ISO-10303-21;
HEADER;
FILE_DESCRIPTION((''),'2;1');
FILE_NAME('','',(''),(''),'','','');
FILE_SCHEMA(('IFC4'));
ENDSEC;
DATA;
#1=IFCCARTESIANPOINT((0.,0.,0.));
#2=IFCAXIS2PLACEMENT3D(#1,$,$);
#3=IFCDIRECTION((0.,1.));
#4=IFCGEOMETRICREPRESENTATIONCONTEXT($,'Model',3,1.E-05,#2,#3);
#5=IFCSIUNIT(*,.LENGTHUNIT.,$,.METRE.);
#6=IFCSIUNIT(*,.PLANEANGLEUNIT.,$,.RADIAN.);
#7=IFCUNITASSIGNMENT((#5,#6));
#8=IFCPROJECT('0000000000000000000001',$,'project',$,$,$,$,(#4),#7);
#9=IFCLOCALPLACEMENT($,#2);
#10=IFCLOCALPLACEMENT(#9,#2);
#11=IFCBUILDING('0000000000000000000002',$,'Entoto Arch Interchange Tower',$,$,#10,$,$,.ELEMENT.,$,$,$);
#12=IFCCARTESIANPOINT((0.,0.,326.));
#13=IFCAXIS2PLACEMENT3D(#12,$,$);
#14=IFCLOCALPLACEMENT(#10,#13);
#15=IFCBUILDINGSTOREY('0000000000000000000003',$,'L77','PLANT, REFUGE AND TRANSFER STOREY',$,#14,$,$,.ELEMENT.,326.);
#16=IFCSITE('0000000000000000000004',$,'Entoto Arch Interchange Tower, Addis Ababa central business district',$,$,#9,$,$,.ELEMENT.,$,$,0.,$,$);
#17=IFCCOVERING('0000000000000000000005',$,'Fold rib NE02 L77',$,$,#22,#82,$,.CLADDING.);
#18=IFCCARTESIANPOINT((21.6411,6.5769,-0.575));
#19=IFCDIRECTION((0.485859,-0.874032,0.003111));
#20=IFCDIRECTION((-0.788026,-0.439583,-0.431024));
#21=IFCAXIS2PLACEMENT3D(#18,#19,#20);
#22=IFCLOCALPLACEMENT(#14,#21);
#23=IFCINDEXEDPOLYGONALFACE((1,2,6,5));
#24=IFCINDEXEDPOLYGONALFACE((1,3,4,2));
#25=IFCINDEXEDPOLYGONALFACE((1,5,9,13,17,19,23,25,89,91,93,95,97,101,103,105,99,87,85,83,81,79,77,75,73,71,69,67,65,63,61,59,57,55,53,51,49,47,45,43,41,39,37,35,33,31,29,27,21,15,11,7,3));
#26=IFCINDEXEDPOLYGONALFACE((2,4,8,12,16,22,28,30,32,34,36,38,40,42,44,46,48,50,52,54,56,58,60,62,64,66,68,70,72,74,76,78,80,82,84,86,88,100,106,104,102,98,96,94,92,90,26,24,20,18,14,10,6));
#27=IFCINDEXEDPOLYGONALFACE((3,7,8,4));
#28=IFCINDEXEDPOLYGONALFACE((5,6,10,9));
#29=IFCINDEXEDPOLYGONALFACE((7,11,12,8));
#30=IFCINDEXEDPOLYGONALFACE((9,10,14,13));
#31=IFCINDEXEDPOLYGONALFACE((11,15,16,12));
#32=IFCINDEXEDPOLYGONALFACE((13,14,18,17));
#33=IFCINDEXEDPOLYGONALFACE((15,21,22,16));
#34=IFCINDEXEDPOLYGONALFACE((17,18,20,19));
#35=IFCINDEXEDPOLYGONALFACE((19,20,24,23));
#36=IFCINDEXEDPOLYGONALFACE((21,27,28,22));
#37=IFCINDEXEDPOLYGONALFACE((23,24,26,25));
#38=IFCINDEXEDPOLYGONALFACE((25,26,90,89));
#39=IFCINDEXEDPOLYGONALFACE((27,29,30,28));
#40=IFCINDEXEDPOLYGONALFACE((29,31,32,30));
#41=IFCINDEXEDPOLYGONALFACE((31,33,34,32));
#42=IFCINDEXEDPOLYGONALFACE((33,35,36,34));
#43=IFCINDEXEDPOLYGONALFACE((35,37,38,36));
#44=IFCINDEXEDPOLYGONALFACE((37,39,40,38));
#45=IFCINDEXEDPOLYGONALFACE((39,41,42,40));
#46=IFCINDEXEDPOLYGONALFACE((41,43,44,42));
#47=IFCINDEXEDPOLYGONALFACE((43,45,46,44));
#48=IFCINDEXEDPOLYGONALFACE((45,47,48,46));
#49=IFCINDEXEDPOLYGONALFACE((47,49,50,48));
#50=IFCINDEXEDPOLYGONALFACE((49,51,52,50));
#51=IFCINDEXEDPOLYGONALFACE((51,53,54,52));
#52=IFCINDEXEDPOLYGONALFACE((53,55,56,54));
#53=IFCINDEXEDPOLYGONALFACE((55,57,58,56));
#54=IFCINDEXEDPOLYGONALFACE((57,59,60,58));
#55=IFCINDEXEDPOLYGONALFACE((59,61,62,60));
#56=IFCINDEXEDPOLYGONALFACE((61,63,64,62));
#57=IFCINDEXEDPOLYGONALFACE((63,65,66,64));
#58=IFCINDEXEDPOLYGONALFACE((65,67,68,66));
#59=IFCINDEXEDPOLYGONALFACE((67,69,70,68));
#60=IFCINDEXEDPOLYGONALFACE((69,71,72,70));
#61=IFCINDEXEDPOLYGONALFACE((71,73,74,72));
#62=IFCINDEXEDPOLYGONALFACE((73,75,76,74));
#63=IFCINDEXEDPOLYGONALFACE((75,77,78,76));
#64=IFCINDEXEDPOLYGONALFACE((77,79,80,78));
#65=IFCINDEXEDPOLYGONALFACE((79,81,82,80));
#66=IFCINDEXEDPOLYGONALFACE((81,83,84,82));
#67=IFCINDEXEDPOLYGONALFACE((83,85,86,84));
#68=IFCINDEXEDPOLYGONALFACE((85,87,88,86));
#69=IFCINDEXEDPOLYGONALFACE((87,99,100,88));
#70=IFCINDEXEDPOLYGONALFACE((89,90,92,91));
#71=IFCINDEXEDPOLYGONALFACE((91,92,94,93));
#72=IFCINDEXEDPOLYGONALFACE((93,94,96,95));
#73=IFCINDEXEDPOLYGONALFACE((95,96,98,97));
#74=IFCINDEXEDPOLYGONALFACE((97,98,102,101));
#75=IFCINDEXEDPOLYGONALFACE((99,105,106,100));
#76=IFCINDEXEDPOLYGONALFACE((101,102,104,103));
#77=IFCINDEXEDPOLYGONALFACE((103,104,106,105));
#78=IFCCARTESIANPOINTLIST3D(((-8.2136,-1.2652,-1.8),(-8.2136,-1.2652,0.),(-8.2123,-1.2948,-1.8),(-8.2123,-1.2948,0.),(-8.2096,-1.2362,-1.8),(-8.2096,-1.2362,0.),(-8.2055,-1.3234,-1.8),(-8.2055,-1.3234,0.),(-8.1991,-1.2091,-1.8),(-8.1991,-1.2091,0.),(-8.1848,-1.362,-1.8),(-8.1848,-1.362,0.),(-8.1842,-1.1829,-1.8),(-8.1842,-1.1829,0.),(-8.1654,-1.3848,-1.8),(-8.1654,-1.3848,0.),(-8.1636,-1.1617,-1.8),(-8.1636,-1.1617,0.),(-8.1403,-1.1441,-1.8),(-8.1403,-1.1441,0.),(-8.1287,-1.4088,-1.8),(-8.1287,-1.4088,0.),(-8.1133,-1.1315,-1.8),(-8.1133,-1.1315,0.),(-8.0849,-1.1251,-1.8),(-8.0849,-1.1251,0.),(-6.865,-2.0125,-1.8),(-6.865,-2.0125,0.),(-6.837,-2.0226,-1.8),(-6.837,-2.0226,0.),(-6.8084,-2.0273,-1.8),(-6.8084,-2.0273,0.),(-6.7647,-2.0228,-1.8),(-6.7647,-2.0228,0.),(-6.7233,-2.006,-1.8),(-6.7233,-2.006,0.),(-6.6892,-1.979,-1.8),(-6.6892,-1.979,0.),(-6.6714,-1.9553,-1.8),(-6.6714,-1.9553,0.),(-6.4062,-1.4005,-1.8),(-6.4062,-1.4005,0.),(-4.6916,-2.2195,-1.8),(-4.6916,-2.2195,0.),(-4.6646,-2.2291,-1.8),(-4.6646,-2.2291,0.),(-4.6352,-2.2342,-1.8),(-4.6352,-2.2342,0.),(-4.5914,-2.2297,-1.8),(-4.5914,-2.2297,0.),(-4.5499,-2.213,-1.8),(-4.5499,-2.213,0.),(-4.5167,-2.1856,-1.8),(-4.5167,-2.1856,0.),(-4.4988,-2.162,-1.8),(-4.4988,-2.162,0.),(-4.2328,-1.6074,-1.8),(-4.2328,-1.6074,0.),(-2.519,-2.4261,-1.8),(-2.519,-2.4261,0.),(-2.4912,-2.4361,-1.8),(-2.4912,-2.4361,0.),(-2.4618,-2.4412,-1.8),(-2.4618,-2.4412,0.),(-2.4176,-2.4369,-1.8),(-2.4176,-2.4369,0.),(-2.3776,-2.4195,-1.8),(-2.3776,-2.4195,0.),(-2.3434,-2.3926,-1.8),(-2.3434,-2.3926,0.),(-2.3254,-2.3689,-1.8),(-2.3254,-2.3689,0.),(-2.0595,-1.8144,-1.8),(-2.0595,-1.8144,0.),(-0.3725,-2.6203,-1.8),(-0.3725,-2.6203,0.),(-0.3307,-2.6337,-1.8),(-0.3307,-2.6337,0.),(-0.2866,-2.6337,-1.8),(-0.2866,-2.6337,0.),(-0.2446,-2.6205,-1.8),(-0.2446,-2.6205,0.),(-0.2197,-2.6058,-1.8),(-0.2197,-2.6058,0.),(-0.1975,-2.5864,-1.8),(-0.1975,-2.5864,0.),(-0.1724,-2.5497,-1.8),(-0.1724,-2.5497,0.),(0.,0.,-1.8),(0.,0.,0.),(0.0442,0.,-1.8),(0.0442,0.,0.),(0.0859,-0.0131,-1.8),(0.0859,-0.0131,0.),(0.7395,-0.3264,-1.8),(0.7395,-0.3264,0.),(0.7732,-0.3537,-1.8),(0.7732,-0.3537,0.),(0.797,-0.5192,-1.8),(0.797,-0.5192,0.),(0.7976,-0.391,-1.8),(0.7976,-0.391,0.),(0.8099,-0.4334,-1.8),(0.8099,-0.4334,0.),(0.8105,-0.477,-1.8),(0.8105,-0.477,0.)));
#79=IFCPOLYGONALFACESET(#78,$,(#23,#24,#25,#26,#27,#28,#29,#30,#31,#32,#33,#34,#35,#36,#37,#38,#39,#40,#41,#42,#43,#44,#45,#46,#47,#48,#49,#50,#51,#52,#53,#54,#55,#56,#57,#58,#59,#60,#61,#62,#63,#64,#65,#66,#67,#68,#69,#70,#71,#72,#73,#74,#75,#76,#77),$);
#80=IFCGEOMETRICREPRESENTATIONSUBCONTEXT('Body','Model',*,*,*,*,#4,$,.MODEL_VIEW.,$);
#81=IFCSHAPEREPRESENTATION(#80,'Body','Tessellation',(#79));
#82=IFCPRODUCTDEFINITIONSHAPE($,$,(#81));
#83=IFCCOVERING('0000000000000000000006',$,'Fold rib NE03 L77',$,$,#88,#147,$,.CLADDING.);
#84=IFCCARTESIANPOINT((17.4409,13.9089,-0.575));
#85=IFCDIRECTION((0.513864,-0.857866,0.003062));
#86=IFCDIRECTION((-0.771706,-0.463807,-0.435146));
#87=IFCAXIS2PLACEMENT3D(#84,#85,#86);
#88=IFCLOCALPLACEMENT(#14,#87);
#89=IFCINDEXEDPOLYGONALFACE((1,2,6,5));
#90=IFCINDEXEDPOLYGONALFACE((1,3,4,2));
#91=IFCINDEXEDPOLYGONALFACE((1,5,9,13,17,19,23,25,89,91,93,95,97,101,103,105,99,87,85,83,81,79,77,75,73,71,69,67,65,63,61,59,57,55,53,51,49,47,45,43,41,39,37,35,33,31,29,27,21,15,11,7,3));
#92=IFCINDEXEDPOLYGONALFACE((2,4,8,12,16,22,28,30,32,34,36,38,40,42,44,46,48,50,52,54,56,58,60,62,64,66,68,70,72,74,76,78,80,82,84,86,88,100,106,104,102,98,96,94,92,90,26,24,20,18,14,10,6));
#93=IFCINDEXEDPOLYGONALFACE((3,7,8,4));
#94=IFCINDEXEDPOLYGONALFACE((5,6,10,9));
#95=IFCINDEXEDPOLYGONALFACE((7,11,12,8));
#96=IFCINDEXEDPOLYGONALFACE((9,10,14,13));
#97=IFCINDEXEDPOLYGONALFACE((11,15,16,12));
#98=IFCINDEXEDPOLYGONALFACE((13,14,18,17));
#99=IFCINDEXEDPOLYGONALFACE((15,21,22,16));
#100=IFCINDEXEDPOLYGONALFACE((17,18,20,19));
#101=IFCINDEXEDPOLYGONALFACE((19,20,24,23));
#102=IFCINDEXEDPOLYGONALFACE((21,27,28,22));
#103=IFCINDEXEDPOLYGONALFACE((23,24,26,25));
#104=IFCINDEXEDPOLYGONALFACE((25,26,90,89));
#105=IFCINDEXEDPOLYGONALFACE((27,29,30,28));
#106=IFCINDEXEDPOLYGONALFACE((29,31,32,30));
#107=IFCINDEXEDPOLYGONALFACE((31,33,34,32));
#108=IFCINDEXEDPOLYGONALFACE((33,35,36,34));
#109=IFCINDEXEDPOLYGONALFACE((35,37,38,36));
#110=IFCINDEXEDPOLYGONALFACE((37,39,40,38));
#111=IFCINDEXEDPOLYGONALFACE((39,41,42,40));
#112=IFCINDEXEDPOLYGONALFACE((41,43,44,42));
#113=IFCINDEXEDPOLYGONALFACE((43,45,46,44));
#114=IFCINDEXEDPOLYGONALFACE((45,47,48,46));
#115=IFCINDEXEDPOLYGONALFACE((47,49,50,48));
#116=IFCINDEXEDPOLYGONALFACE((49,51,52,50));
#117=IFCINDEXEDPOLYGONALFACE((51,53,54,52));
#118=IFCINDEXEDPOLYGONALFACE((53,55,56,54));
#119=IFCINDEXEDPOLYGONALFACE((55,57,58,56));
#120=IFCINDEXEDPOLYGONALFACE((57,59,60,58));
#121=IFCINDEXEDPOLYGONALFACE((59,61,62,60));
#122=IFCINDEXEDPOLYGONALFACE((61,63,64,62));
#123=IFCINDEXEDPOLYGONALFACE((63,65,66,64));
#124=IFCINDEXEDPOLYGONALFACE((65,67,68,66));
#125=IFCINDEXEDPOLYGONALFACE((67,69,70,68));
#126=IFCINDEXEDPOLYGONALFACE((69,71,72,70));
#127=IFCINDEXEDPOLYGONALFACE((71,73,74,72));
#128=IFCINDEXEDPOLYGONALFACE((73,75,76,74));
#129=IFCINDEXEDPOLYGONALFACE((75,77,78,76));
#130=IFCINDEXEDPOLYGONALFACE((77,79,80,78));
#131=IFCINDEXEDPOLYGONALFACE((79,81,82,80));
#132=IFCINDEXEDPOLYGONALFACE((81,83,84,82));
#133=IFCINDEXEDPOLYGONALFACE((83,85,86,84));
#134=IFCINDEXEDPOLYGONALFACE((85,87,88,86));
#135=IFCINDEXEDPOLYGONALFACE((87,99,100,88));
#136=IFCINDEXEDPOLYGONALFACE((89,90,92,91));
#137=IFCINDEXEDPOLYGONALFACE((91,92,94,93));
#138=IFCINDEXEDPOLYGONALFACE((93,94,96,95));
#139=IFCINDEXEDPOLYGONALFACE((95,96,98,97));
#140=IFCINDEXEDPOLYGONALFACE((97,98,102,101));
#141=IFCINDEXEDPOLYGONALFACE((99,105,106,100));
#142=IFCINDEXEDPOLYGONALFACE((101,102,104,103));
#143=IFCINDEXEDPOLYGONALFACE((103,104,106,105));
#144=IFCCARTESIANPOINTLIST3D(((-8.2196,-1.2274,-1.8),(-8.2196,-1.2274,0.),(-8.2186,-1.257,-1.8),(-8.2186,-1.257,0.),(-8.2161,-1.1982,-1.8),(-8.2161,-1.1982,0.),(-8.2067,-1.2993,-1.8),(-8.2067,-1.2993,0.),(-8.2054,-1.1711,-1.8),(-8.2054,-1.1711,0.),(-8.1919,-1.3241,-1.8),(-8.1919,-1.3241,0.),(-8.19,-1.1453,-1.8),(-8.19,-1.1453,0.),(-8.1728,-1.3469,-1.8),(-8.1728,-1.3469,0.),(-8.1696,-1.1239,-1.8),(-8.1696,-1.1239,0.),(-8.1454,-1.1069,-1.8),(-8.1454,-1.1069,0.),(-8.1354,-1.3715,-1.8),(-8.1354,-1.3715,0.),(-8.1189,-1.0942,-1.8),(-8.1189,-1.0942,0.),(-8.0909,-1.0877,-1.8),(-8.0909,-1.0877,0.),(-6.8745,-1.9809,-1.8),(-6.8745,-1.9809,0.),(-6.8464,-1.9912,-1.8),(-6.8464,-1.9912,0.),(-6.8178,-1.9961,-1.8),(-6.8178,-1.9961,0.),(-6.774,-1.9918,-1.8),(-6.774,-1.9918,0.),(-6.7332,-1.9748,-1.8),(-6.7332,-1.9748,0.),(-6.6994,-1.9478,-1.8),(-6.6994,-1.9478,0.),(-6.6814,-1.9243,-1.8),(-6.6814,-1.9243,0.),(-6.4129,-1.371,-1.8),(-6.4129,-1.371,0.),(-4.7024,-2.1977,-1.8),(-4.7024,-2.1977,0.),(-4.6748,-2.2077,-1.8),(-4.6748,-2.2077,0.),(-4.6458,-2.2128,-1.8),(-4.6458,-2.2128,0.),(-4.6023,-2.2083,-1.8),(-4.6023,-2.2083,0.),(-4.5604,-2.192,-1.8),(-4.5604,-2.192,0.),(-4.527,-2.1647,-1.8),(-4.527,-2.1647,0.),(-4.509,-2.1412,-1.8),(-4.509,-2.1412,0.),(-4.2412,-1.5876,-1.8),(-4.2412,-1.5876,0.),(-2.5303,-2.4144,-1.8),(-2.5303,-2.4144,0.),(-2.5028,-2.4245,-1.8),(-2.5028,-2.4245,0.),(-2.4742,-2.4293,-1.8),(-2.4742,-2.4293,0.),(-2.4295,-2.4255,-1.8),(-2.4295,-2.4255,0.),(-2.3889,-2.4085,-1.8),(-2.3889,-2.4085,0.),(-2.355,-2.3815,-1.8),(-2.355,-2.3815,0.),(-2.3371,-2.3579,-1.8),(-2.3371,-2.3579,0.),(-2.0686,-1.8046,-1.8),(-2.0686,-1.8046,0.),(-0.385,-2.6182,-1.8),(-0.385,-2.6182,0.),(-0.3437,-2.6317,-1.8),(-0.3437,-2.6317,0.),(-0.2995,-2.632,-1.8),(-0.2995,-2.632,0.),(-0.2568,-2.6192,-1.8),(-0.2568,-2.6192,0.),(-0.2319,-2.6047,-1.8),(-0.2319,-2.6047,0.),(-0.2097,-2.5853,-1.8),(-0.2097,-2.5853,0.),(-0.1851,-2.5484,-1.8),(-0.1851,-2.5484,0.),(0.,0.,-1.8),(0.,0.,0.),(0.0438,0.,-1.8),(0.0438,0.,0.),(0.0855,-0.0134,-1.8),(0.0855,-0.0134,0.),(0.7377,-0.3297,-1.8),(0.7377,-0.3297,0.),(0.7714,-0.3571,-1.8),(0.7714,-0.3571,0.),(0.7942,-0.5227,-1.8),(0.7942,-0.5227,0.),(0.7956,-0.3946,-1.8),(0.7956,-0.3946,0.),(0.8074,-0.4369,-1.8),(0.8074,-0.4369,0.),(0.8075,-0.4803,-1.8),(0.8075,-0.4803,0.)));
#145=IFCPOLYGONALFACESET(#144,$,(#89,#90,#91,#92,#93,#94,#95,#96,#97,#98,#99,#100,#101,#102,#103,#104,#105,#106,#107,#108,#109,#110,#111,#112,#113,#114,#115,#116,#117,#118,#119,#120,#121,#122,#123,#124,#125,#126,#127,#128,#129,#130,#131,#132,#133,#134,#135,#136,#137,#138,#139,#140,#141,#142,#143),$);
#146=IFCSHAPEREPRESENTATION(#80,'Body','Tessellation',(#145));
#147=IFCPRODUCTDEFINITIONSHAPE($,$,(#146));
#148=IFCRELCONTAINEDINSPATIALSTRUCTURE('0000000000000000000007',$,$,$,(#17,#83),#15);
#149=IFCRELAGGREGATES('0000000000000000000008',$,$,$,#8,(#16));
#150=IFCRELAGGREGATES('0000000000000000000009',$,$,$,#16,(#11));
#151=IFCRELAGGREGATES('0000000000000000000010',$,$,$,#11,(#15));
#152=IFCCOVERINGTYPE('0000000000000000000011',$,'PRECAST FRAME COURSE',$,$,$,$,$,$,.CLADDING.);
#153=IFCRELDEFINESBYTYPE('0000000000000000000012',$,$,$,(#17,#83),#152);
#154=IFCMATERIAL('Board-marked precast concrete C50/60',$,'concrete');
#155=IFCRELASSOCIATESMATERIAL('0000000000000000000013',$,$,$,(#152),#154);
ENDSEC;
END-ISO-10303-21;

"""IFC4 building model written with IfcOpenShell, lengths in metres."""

from ifc_helpers import new_model, si_unit, direction, frame, origin, place, context, subcontext, project, spatial, polyline, outline, extrude, material, type_object, element, save


model = new_model("IFC4")

# Units and contexts
model_context = context("Model", 3, precision=1e-05, world=origin(), true_north=direction((0.0, 1.0)))
body_context = subcontext(model_context, "Body", "Model", "MODEL_VIEW")
ifc_project = project(units=[si_unit("LENGTHUNIT", "METRE"), si_unit("PLANEANGLEUNIT", "RADIAN")], contexts=[model_context])

# Site, building, storey
site_placement = place(None, origin())
site = spatial("IfcSite", under=ifc_project, at=site_placement, Name="Entoto Arch Interchange Tower, Addis Ababa central business district", CompositionType="ELEMENT", RefElevation=0.0)
building_placement = place(site_placement, origin())
building = spatial("IfcBuilding", under=site, at=building_placement, Name="Entoto Arch Interchange Tower", CompositionType="ELEMENT")
storey_placement = place(building_placement, frame((0.0, 0.0, 326.0)))
storey = spatial("IfcBuildingStorey", under=building, at=storey_placement, Name="L77", Description="PLANT, REFUGE AND TRANSFER STOREY", CompositionType="ELEMENT", Elevation=326.0)

# Shared definitions
ifc_material_1 = material(Name="Board-marked precast concrete C50/60", Category="concrete")

# Coverings
covering_type = type_object("IfcCoveringType", Name="PRECAST FRAME COURSE", PredefinedType="CLADDING", material=ifc_material_1)
covering_1_placement = place(storey_placement, frame((21.6411, 6.5769, -0.575), z_axis=(0.485859, -0.874032, 0.003111), x_axis=(-0.788026, -0.439583, -0.431024)))
element("IfcCovering", 1, at=covering_1_placement, inside=storey, type_object=covering_type, Name="Fold rib NE02 L77", PredefinedType="CLADDING", context=body_context, shape_type="SweptSolid", body=[
    extrude(outline(polyline([(0.0, 0.0), (0.0442, 0.0), (0.0859, -0.0131), (0.7395, -0.3264), (0.7732, -0.3537), (0.7976, -0.391), (0.8099, -0.4334), (0.8105, -0.477), (0.797, -0.5192), (-0.1724, -2.5497), (-0.1975, -2.5864), (-0.2197, -2.6058), (-0.2446, -2.6205), (-0.2866, -2.6337), (-0.3307, -2.6337), (-0.3725, -2.6203), (-2.0595, -1.8144), (-2.3254, -2.3689), (-2.3434, -2.3926), (-2.3776, -2.4195), (-2.4176, -2.4369), (-2.4618, -2.4412), (-2.4912, -2.4361), (-2.519, -2.4261), (-4.2328, -1.6074), (-4.4988, -2.162), (-4.5167, -2.1856), (-4.5499, -2.213), (-4.5914, -2.2297), (-4.6352, -2.2342), (-4.6646, -2.2291), (-4.6916, -2.2195), (-6.4062, -1.4005), (-6.6714, -1.9553), (-6.6892, -1.979), (-6.7233, -2.006), (-6.7647, -2.0228), (-6.8084, -2.0273), (-6.837, -2.0226), (-6.865, -2.0125), (-8.1287, -1.4088), (-8.1654, -1.3848), (-8.1848, -1.362), (-8.2055, -1.3234), (-8.2123, -1.2948), (-8.2136, -1.2652), (-8.2096, -1.2362), (-8.1991, -1.2091), (-8.1842, -1.1829), (-8.1636, -1.1617), (-8.1403, -1.1441), (-8.1133, -1.1315), (-8.0849, -1.1251), (0.0, 0.0)])), origin(), (0.0, 0.0, -1.0), 1.8),
])
covering_2_placement = place(storey_placement, frame((17.4409, 13.9089, -0.575), z_axis=(0.513864, -0.857866, 0.003062), x_axis=(-0.771706, -0.463807, -0.435146)))
element("IfcCovering", 2, at=covering_2_placement, inside=storey, type_object=covering_type, Name="Fold rib NE03 L77", PredefinedType="CLADDING", context=body_context, shape_type="SweptSolid", body=[
    extrude(outline(polyline([(0.0, 0.0), (0.0438, 0.0), (0.0855, -0.0134), (0.7377, -0.3297), (0.7714, -0.3571), (0.7956, -0.3946), (0.8074, -0.4369), (0.8075, -0.4803), (0.7942, -0.5227), (-0.1851, -2.5484), (-0.2097, -2.5853), (-0.2319, -2.6047), (-0.2568, -2.6192), (-0.2995, -2.632), (-0.3437, -2.6317), (-0.385, -2.6182), (-2.0686, -1.8046), (-2.3371, -2.3579), (-2.355, -2.3815), (-2.3889, -2.4085), (-2.4295, -2.4255), (-2.4742, -2.4293), (-2.5028, -2.4245), (-2.5303, -2.4144), (-4.2412, -1.5876), (-4.509, -2.1412), (-4.527, -2.1647), (-4.5604, -2.192), (-4.6023, -2.2083), (-4.6458, -2.2128), (-4.6748, -2.2077), (-4.7024, -2.1977), (-6.4129, -1.371), (-6.6814, -1.9243), (-6.6994, -1.9478), (-6.7332, -1.9748), (-6.774, -1.9918), (-6.8178, -1.9961), (-6.8464, -1.9912), (-6.8745, -1.9809), (-8.1354, -1.3715), (-8.1728, -1.3469), (-8.1919, -1.3241), (-8.2067, -1.2993), (-8.2186, -1.257), (-8.2196, -1.2274), (-8.2161, -1.1982), (-8.2054, -1.1711), (-8.19, -1.1453), (-8.1696, -1.1239), (-8.1454, -1.1069), (-8.1189, -1.0942), (-8.0909, -1.0877), (0.0, 0.0)])), origin(), (0.0, 0.0, -1.0), 1.8),
])

save(model, "model.ifc")
